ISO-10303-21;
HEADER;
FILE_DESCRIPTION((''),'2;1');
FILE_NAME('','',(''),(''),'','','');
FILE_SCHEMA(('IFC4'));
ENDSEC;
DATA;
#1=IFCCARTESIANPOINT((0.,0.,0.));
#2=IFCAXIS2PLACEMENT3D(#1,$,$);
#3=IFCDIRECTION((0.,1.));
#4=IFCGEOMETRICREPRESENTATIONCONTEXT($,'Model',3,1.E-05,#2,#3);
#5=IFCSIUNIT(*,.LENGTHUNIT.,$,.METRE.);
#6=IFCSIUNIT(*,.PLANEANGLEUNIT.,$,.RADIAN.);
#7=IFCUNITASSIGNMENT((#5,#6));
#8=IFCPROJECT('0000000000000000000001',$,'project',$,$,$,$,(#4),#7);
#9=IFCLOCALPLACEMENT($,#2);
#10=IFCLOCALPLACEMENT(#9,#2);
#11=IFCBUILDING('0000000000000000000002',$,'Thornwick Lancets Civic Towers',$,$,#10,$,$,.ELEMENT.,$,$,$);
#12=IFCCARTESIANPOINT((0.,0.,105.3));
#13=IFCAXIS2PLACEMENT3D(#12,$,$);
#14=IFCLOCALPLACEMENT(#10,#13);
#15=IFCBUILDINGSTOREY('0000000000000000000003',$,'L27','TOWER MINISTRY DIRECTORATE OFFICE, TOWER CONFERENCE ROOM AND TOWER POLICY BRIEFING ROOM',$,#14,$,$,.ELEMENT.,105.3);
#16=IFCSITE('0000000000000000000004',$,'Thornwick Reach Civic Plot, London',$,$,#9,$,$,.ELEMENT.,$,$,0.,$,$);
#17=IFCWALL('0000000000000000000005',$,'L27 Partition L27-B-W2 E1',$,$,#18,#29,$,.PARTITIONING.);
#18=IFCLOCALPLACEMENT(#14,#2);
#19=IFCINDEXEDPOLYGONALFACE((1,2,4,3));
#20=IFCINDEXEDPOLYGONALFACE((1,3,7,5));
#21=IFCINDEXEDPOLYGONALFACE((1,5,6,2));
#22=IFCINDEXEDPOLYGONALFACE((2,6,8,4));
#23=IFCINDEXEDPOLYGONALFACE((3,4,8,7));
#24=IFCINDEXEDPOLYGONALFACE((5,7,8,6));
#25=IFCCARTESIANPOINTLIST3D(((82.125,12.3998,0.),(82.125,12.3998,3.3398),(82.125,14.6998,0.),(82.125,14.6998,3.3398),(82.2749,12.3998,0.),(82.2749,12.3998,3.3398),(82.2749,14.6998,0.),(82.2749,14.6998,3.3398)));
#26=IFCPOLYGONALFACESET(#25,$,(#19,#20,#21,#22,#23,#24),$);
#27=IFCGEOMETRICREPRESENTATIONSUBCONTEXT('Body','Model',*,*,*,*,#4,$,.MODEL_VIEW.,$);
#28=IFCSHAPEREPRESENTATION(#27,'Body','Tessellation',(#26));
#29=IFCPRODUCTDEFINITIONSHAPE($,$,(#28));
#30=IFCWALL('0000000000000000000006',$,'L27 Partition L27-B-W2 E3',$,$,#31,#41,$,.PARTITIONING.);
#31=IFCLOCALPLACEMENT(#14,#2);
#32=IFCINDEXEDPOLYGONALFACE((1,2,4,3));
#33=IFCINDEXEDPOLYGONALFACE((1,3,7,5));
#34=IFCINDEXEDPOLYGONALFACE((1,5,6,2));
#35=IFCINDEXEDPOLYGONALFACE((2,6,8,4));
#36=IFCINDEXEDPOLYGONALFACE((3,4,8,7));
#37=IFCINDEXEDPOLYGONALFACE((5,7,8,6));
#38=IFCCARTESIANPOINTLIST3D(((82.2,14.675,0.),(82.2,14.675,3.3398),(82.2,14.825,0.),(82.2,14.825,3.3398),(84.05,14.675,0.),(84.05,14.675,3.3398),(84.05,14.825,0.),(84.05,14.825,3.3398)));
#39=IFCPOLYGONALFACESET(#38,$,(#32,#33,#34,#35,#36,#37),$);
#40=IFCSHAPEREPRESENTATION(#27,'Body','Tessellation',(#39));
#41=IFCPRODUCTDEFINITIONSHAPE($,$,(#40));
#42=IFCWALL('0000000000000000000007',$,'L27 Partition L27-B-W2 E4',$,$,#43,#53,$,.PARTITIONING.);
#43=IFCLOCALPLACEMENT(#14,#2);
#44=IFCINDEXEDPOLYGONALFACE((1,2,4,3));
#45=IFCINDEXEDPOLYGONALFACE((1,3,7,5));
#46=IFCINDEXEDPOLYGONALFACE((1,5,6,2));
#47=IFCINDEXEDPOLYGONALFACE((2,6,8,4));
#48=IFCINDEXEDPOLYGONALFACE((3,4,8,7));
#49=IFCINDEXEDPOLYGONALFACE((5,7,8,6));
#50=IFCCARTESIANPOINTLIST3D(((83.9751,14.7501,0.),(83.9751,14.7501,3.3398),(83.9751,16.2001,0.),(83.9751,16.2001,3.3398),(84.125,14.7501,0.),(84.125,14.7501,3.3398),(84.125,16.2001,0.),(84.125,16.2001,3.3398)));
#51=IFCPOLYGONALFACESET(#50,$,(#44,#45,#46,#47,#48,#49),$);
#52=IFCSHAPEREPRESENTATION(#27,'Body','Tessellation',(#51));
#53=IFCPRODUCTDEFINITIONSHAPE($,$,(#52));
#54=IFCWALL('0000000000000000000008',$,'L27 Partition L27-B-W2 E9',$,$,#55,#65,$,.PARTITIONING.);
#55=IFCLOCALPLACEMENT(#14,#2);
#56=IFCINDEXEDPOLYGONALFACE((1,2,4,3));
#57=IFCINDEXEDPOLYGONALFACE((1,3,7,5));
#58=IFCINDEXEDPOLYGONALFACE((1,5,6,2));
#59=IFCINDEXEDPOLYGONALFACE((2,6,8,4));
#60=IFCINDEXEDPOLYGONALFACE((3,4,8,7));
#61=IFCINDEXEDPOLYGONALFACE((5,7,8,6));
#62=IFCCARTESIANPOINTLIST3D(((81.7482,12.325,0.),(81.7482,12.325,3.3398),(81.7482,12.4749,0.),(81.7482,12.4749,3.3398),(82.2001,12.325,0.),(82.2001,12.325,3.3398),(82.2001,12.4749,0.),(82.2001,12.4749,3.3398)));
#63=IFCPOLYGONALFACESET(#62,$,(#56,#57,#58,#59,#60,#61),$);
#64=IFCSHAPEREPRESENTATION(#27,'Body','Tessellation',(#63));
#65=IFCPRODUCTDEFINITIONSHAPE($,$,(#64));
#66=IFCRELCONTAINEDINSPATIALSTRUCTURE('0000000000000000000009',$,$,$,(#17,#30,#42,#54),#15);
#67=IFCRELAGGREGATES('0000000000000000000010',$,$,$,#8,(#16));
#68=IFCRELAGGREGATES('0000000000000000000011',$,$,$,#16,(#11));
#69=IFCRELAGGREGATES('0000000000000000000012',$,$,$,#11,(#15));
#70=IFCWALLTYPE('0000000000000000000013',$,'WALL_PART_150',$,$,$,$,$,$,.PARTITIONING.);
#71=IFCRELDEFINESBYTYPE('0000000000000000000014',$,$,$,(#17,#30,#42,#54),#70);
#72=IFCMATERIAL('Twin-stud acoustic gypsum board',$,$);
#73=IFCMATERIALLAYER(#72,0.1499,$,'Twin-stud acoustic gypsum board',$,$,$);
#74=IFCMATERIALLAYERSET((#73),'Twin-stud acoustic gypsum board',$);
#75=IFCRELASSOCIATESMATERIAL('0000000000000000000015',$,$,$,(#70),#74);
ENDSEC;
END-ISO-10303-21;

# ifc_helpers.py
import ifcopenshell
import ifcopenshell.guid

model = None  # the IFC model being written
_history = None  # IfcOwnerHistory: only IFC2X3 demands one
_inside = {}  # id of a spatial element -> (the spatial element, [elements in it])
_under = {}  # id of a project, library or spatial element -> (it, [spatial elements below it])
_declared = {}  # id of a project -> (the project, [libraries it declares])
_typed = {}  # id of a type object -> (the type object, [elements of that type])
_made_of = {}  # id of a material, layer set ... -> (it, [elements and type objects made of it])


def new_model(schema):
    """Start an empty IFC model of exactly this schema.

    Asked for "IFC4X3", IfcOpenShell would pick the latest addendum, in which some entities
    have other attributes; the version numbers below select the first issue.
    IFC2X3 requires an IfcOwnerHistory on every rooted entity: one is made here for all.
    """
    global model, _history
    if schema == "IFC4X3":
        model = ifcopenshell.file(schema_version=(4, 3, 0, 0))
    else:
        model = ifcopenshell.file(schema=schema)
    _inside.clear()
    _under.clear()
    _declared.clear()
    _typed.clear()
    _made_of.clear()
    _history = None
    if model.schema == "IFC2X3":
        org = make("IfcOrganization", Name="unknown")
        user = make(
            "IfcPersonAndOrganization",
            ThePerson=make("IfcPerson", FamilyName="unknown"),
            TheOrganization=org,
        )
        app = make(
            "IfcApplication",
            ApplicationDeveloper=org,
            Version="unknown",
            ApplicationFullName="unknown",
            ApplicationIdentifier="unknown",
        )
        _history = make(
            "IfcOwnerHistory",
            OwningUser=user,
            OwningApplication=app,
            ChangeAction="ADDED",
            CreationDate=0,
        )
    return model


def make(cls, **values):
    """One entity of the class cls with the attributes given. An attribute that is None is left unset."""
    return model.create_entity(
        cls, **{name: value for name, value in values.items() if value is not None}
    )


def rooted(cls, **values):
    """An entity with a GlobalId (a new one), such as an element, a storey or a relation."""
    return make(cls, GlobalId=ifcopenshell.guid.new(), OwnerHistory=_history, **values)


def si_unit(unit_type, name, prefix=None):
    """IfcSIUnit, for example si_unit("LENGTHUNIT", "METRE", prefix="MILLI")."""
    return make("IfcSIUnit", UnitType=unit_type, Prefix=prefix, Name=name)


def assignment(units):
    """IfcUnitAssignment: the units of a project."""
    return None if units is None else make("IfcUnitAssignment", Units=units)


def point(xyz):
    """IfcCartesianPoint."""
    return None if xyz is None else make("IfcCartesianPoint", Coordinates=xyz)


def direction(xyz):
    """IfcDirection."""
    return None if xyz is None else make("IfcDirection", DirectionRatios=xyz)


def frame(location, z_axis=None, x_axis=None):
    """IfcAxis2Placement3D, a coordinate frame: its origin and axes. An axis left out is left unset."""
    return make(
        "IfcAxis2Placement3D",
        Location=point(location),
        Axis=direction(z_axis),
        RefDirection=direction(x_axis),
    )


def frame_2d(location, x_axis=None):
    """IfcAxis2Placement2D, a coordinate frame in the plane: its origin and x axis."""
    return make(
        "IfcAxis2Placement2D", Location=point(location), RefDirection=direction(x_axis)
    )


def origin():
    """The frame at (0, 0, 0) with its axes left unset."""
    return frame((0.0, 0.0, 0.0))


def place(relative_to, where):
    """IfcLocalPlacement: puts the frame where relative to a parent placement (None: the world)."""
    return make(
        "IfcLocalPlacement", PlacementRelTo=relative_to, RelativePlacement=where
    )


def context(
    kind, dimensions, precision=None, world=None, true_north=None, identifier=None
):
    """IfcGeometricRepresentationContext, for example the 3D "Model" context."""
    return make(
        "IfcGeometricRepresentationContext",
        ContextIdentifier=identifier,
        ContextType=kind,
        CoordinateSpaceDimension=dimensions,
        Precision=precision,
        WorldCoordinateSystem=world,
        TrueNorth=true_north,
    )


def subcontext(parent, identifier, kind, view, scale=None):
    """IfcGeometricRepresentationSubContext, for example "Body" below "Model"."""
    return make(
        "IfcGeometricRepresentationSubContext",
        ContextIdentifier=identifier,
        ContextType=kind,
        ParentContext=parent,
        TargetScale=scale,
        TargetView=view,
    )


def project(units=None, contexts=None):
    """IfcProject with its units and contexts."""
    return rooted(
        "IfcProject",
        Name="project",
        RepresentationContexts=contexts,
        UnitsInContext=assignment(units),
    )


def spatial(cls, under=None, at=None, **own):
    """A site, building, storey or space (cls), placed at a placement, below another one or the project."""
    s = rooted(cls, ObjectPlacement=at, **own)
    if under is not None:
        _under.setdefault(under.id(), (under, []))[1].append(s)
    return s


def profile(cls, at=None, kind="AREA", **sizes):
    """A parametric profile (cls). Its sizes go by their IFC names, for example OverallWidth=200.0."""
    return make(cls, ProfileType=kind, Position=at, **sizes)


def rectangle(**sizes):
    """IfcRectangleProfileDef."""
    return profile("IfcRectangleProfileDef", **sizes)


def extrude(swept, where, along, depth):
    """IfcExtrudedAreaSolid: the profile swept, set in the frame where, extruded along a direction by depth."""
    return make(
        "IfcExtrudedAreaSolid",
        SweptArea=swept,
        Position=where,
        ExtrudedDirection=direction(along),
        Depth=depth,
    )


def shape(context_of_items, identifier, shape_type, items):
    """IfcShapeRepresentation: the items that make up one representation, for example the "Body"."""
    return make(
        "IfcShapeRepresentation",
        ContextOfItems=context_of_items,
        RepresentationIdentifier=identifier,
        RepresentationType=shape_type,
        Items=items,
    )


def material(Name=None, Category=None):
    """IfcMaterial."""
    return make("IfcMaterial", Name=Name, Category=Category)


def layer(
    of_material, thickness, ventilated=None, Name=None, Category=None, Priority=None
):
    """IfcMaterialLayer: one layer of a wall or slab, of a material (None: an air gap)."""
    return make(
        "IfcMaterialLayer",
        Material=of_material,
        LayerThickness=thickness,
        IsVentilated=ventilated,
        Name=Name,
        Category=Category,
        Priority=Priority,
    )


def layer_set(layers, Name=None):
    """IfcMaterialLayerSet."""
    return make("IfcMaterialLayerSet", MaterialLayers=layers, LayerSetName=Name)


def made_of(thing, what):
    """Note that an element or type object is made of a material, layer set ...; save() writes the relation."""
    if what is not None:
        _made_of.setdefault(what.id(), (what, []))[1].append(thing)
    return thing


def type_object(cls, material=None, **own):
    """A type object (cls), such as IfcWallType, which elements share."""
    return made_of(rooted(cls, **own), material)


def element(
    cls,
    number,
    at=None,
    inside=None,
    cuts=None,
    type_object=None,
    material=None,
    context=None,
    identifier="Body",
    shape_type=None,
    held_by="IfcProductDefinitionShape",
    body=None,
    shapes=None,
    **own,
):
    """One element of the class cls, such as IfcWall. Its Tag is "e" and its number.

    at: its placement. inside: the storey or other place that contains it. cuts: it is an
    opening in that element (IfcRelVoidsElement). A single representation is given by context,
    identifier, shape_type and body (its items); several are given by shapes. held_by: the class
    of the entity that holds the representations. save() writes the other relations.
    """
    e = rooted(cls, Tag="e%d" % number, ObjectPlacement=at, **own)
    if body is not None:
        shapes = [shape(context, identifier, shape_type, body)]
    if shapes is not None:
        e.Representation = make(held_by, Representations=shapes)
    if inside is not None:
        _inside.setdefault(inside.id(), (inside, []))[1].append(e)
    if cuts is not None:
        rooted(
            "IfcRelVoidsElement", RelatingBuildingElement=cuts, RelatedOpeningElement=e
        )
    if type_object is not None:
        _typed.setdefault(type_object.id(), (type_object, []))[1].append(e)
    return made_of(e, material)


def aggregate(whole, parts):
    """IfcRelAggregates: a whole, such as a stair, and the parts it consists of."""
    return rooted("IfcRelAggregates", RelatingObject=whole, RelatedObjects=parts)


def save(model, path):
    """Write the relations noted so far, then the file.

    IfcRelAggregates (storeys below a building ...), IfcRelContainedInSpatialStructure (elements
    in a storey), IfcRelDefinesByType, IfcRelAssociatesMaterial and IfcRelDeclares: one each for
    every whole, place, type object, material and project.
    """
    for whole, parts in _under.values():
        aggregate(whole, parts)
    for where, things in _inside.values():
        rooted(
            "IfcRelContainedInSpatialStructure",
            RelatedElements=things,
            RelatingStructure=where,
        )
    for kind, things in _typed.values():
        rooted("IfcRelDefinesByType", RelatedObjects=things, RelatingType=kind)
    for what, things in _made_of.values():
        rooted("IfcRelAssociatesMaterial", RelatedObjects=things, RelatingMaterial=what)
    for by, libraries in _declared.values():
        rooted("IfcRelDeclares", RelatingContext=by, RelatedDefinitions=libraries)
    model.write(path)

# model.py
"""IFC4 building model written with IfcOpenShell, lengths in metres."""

from ifc_helpers import new_model, si_unit, direction, frame, frame_2d, origin, place, context, subcontext, project, spatial, rectangle, extrude, material, layer, layer_set, type_object, element, save


model = new_model("IFC4")

# Units and contexts
model_context = context("Model", 3, precision=1e-05, world=origin(), true_north=direction((0.0, 1.0)))
body_context = subcontext(model_context, "Body", "Model", "MODEL_VIEW")
ifc_project = project(units=[si_unit("LENGTHUNIT", "METRE"), si_unit("PLANEANGLEUNIT", "RADIAN")], contexts=[model_context])

# Site, building, storey
site_placement = place(None, origin())
site = spatial("IfcSite", under=ifc_project, at=site_placement, Name="Thornwick Reach Civic Plot, London", CompositionType="ELEMENT", RefElevation=0.0)
building_placement = place(site_placement, origin())
building = spatial("IfcBuilding", under=site, at=building_placement, Name="Thornwick Lancets Civic Towers", CompositionType="ELEMENT")
storey_placement = place(building_placement, frame((0.0, 0.0, 105.3)))
storey = spatial("IfcBuildingStorey", under=building, at=storey_placement, Name="L27", Description="TOWER MINISTRY DIRECTORATE OFFICE, TOWER CONFERENCE ROOM AND TOWER POLICY BRIEFING ROOM", CompositionType="ELEMENT", Elevation=105.3)

# Walls
ifc_material_1 = material(Name="Twin-stud acoustic gypsum board")
ifc_layer_1 = layer(ifc_material_1, 0.1499, Name="Twin-stud acoustic gypsum board")
ifc_layer_set_1 = layer_set([ifc_layer_1], Name="Twin-stud acoustic gypsum board")
wall_type_1 = type_object("IfcWallType", Name="WALL_PART_150", PredefinedType="PARTITIONING", material=ifc_layer_set_1)
wall_1_placement = place(storey_placement, frame((82.2, 12.3999, 0.0), z_axis=(0.0, 0.0, 1.0), x_axis=(0.0, 1.0, 0.0)))
element("IfcWall", 1, at=wall_1_placement, inside=storey, type_object=wall_type_1, Name="L27 Partition L27-B-W2 E1", PredefinedType="PARTITIONING", context=body_context, shape_type="SweptSolid", body=[
    extrude(rectangle(XDim=2.3, YDim=0.1499, at=frame_2d((1.1499, 0.0))), origin(), (0.0, 0.0, 1.0), 3.3398),
])
wall_2_placement = place(storey_placement, frame((82.2, 14.75, 0.0), z_axis=(0.0, 0.0, 1.0), x_axis=(1.0, 0.0, 0.0)))
element("IfcWall", 2, at=wall_2_placement, inside=storey, type_object=wall_type_1, Name="L27 Partition L27-B-W2 E3", PredefinedType="PARTITIONING", context=body_context, shape_type="SweptSolid", body=[
    extrude(rectangle(XDim=1.8501, YDim=0.1499, at=frame_2d((0.925, 0.0))), origin(), (0.0, 0.0, 1.0), 3.3398),
])
wall_3_placement = place(storey_placement, frame((84.05, 14.75, 0.0), z_axis=(0.0, 0.0, 1.0), x_axis=(0.0, 1.0, 0.0)))
element("IfcWall", 3, at=wall_3_placement, inside=storey, type_object=wall_type_1, Name="L27 Partition L27-B-W2 E4", PredefinedType="PARTITIONING", context=body_context, shape_type="SweptSolid", body=[
    extrude(rectangle(XDim=1.45, YDim=0.1499, at=frame_2d((0.7251, 0.0))), origin(), (0.0, 0.0, 1.0), 3.3398),
])

# Wall
wall_4_placement = place(storey_placement, frame((81.748, 12.3999, 0.0), z_axis=(0.0, 0.0, 1.0), x_axis=(1.0, 0.0, 0.0)))
element("IfcWall", 4, at=wall_4_placement, inside=storey, type_object=wall_type_1, Name="L27 Partition L27-B-W2 E9", PredefinedType="PARTITIONING", context=body_context, shape_type="SweptSolid", body=[
    extrude(rectangle(XDim=0.4519, YDim=0.1499, at=frame_2d((0.2261, 0.0))), origin(), (0.0, 0.0, 1.0), 3.3398),
])

save(model, "model.ifc")
